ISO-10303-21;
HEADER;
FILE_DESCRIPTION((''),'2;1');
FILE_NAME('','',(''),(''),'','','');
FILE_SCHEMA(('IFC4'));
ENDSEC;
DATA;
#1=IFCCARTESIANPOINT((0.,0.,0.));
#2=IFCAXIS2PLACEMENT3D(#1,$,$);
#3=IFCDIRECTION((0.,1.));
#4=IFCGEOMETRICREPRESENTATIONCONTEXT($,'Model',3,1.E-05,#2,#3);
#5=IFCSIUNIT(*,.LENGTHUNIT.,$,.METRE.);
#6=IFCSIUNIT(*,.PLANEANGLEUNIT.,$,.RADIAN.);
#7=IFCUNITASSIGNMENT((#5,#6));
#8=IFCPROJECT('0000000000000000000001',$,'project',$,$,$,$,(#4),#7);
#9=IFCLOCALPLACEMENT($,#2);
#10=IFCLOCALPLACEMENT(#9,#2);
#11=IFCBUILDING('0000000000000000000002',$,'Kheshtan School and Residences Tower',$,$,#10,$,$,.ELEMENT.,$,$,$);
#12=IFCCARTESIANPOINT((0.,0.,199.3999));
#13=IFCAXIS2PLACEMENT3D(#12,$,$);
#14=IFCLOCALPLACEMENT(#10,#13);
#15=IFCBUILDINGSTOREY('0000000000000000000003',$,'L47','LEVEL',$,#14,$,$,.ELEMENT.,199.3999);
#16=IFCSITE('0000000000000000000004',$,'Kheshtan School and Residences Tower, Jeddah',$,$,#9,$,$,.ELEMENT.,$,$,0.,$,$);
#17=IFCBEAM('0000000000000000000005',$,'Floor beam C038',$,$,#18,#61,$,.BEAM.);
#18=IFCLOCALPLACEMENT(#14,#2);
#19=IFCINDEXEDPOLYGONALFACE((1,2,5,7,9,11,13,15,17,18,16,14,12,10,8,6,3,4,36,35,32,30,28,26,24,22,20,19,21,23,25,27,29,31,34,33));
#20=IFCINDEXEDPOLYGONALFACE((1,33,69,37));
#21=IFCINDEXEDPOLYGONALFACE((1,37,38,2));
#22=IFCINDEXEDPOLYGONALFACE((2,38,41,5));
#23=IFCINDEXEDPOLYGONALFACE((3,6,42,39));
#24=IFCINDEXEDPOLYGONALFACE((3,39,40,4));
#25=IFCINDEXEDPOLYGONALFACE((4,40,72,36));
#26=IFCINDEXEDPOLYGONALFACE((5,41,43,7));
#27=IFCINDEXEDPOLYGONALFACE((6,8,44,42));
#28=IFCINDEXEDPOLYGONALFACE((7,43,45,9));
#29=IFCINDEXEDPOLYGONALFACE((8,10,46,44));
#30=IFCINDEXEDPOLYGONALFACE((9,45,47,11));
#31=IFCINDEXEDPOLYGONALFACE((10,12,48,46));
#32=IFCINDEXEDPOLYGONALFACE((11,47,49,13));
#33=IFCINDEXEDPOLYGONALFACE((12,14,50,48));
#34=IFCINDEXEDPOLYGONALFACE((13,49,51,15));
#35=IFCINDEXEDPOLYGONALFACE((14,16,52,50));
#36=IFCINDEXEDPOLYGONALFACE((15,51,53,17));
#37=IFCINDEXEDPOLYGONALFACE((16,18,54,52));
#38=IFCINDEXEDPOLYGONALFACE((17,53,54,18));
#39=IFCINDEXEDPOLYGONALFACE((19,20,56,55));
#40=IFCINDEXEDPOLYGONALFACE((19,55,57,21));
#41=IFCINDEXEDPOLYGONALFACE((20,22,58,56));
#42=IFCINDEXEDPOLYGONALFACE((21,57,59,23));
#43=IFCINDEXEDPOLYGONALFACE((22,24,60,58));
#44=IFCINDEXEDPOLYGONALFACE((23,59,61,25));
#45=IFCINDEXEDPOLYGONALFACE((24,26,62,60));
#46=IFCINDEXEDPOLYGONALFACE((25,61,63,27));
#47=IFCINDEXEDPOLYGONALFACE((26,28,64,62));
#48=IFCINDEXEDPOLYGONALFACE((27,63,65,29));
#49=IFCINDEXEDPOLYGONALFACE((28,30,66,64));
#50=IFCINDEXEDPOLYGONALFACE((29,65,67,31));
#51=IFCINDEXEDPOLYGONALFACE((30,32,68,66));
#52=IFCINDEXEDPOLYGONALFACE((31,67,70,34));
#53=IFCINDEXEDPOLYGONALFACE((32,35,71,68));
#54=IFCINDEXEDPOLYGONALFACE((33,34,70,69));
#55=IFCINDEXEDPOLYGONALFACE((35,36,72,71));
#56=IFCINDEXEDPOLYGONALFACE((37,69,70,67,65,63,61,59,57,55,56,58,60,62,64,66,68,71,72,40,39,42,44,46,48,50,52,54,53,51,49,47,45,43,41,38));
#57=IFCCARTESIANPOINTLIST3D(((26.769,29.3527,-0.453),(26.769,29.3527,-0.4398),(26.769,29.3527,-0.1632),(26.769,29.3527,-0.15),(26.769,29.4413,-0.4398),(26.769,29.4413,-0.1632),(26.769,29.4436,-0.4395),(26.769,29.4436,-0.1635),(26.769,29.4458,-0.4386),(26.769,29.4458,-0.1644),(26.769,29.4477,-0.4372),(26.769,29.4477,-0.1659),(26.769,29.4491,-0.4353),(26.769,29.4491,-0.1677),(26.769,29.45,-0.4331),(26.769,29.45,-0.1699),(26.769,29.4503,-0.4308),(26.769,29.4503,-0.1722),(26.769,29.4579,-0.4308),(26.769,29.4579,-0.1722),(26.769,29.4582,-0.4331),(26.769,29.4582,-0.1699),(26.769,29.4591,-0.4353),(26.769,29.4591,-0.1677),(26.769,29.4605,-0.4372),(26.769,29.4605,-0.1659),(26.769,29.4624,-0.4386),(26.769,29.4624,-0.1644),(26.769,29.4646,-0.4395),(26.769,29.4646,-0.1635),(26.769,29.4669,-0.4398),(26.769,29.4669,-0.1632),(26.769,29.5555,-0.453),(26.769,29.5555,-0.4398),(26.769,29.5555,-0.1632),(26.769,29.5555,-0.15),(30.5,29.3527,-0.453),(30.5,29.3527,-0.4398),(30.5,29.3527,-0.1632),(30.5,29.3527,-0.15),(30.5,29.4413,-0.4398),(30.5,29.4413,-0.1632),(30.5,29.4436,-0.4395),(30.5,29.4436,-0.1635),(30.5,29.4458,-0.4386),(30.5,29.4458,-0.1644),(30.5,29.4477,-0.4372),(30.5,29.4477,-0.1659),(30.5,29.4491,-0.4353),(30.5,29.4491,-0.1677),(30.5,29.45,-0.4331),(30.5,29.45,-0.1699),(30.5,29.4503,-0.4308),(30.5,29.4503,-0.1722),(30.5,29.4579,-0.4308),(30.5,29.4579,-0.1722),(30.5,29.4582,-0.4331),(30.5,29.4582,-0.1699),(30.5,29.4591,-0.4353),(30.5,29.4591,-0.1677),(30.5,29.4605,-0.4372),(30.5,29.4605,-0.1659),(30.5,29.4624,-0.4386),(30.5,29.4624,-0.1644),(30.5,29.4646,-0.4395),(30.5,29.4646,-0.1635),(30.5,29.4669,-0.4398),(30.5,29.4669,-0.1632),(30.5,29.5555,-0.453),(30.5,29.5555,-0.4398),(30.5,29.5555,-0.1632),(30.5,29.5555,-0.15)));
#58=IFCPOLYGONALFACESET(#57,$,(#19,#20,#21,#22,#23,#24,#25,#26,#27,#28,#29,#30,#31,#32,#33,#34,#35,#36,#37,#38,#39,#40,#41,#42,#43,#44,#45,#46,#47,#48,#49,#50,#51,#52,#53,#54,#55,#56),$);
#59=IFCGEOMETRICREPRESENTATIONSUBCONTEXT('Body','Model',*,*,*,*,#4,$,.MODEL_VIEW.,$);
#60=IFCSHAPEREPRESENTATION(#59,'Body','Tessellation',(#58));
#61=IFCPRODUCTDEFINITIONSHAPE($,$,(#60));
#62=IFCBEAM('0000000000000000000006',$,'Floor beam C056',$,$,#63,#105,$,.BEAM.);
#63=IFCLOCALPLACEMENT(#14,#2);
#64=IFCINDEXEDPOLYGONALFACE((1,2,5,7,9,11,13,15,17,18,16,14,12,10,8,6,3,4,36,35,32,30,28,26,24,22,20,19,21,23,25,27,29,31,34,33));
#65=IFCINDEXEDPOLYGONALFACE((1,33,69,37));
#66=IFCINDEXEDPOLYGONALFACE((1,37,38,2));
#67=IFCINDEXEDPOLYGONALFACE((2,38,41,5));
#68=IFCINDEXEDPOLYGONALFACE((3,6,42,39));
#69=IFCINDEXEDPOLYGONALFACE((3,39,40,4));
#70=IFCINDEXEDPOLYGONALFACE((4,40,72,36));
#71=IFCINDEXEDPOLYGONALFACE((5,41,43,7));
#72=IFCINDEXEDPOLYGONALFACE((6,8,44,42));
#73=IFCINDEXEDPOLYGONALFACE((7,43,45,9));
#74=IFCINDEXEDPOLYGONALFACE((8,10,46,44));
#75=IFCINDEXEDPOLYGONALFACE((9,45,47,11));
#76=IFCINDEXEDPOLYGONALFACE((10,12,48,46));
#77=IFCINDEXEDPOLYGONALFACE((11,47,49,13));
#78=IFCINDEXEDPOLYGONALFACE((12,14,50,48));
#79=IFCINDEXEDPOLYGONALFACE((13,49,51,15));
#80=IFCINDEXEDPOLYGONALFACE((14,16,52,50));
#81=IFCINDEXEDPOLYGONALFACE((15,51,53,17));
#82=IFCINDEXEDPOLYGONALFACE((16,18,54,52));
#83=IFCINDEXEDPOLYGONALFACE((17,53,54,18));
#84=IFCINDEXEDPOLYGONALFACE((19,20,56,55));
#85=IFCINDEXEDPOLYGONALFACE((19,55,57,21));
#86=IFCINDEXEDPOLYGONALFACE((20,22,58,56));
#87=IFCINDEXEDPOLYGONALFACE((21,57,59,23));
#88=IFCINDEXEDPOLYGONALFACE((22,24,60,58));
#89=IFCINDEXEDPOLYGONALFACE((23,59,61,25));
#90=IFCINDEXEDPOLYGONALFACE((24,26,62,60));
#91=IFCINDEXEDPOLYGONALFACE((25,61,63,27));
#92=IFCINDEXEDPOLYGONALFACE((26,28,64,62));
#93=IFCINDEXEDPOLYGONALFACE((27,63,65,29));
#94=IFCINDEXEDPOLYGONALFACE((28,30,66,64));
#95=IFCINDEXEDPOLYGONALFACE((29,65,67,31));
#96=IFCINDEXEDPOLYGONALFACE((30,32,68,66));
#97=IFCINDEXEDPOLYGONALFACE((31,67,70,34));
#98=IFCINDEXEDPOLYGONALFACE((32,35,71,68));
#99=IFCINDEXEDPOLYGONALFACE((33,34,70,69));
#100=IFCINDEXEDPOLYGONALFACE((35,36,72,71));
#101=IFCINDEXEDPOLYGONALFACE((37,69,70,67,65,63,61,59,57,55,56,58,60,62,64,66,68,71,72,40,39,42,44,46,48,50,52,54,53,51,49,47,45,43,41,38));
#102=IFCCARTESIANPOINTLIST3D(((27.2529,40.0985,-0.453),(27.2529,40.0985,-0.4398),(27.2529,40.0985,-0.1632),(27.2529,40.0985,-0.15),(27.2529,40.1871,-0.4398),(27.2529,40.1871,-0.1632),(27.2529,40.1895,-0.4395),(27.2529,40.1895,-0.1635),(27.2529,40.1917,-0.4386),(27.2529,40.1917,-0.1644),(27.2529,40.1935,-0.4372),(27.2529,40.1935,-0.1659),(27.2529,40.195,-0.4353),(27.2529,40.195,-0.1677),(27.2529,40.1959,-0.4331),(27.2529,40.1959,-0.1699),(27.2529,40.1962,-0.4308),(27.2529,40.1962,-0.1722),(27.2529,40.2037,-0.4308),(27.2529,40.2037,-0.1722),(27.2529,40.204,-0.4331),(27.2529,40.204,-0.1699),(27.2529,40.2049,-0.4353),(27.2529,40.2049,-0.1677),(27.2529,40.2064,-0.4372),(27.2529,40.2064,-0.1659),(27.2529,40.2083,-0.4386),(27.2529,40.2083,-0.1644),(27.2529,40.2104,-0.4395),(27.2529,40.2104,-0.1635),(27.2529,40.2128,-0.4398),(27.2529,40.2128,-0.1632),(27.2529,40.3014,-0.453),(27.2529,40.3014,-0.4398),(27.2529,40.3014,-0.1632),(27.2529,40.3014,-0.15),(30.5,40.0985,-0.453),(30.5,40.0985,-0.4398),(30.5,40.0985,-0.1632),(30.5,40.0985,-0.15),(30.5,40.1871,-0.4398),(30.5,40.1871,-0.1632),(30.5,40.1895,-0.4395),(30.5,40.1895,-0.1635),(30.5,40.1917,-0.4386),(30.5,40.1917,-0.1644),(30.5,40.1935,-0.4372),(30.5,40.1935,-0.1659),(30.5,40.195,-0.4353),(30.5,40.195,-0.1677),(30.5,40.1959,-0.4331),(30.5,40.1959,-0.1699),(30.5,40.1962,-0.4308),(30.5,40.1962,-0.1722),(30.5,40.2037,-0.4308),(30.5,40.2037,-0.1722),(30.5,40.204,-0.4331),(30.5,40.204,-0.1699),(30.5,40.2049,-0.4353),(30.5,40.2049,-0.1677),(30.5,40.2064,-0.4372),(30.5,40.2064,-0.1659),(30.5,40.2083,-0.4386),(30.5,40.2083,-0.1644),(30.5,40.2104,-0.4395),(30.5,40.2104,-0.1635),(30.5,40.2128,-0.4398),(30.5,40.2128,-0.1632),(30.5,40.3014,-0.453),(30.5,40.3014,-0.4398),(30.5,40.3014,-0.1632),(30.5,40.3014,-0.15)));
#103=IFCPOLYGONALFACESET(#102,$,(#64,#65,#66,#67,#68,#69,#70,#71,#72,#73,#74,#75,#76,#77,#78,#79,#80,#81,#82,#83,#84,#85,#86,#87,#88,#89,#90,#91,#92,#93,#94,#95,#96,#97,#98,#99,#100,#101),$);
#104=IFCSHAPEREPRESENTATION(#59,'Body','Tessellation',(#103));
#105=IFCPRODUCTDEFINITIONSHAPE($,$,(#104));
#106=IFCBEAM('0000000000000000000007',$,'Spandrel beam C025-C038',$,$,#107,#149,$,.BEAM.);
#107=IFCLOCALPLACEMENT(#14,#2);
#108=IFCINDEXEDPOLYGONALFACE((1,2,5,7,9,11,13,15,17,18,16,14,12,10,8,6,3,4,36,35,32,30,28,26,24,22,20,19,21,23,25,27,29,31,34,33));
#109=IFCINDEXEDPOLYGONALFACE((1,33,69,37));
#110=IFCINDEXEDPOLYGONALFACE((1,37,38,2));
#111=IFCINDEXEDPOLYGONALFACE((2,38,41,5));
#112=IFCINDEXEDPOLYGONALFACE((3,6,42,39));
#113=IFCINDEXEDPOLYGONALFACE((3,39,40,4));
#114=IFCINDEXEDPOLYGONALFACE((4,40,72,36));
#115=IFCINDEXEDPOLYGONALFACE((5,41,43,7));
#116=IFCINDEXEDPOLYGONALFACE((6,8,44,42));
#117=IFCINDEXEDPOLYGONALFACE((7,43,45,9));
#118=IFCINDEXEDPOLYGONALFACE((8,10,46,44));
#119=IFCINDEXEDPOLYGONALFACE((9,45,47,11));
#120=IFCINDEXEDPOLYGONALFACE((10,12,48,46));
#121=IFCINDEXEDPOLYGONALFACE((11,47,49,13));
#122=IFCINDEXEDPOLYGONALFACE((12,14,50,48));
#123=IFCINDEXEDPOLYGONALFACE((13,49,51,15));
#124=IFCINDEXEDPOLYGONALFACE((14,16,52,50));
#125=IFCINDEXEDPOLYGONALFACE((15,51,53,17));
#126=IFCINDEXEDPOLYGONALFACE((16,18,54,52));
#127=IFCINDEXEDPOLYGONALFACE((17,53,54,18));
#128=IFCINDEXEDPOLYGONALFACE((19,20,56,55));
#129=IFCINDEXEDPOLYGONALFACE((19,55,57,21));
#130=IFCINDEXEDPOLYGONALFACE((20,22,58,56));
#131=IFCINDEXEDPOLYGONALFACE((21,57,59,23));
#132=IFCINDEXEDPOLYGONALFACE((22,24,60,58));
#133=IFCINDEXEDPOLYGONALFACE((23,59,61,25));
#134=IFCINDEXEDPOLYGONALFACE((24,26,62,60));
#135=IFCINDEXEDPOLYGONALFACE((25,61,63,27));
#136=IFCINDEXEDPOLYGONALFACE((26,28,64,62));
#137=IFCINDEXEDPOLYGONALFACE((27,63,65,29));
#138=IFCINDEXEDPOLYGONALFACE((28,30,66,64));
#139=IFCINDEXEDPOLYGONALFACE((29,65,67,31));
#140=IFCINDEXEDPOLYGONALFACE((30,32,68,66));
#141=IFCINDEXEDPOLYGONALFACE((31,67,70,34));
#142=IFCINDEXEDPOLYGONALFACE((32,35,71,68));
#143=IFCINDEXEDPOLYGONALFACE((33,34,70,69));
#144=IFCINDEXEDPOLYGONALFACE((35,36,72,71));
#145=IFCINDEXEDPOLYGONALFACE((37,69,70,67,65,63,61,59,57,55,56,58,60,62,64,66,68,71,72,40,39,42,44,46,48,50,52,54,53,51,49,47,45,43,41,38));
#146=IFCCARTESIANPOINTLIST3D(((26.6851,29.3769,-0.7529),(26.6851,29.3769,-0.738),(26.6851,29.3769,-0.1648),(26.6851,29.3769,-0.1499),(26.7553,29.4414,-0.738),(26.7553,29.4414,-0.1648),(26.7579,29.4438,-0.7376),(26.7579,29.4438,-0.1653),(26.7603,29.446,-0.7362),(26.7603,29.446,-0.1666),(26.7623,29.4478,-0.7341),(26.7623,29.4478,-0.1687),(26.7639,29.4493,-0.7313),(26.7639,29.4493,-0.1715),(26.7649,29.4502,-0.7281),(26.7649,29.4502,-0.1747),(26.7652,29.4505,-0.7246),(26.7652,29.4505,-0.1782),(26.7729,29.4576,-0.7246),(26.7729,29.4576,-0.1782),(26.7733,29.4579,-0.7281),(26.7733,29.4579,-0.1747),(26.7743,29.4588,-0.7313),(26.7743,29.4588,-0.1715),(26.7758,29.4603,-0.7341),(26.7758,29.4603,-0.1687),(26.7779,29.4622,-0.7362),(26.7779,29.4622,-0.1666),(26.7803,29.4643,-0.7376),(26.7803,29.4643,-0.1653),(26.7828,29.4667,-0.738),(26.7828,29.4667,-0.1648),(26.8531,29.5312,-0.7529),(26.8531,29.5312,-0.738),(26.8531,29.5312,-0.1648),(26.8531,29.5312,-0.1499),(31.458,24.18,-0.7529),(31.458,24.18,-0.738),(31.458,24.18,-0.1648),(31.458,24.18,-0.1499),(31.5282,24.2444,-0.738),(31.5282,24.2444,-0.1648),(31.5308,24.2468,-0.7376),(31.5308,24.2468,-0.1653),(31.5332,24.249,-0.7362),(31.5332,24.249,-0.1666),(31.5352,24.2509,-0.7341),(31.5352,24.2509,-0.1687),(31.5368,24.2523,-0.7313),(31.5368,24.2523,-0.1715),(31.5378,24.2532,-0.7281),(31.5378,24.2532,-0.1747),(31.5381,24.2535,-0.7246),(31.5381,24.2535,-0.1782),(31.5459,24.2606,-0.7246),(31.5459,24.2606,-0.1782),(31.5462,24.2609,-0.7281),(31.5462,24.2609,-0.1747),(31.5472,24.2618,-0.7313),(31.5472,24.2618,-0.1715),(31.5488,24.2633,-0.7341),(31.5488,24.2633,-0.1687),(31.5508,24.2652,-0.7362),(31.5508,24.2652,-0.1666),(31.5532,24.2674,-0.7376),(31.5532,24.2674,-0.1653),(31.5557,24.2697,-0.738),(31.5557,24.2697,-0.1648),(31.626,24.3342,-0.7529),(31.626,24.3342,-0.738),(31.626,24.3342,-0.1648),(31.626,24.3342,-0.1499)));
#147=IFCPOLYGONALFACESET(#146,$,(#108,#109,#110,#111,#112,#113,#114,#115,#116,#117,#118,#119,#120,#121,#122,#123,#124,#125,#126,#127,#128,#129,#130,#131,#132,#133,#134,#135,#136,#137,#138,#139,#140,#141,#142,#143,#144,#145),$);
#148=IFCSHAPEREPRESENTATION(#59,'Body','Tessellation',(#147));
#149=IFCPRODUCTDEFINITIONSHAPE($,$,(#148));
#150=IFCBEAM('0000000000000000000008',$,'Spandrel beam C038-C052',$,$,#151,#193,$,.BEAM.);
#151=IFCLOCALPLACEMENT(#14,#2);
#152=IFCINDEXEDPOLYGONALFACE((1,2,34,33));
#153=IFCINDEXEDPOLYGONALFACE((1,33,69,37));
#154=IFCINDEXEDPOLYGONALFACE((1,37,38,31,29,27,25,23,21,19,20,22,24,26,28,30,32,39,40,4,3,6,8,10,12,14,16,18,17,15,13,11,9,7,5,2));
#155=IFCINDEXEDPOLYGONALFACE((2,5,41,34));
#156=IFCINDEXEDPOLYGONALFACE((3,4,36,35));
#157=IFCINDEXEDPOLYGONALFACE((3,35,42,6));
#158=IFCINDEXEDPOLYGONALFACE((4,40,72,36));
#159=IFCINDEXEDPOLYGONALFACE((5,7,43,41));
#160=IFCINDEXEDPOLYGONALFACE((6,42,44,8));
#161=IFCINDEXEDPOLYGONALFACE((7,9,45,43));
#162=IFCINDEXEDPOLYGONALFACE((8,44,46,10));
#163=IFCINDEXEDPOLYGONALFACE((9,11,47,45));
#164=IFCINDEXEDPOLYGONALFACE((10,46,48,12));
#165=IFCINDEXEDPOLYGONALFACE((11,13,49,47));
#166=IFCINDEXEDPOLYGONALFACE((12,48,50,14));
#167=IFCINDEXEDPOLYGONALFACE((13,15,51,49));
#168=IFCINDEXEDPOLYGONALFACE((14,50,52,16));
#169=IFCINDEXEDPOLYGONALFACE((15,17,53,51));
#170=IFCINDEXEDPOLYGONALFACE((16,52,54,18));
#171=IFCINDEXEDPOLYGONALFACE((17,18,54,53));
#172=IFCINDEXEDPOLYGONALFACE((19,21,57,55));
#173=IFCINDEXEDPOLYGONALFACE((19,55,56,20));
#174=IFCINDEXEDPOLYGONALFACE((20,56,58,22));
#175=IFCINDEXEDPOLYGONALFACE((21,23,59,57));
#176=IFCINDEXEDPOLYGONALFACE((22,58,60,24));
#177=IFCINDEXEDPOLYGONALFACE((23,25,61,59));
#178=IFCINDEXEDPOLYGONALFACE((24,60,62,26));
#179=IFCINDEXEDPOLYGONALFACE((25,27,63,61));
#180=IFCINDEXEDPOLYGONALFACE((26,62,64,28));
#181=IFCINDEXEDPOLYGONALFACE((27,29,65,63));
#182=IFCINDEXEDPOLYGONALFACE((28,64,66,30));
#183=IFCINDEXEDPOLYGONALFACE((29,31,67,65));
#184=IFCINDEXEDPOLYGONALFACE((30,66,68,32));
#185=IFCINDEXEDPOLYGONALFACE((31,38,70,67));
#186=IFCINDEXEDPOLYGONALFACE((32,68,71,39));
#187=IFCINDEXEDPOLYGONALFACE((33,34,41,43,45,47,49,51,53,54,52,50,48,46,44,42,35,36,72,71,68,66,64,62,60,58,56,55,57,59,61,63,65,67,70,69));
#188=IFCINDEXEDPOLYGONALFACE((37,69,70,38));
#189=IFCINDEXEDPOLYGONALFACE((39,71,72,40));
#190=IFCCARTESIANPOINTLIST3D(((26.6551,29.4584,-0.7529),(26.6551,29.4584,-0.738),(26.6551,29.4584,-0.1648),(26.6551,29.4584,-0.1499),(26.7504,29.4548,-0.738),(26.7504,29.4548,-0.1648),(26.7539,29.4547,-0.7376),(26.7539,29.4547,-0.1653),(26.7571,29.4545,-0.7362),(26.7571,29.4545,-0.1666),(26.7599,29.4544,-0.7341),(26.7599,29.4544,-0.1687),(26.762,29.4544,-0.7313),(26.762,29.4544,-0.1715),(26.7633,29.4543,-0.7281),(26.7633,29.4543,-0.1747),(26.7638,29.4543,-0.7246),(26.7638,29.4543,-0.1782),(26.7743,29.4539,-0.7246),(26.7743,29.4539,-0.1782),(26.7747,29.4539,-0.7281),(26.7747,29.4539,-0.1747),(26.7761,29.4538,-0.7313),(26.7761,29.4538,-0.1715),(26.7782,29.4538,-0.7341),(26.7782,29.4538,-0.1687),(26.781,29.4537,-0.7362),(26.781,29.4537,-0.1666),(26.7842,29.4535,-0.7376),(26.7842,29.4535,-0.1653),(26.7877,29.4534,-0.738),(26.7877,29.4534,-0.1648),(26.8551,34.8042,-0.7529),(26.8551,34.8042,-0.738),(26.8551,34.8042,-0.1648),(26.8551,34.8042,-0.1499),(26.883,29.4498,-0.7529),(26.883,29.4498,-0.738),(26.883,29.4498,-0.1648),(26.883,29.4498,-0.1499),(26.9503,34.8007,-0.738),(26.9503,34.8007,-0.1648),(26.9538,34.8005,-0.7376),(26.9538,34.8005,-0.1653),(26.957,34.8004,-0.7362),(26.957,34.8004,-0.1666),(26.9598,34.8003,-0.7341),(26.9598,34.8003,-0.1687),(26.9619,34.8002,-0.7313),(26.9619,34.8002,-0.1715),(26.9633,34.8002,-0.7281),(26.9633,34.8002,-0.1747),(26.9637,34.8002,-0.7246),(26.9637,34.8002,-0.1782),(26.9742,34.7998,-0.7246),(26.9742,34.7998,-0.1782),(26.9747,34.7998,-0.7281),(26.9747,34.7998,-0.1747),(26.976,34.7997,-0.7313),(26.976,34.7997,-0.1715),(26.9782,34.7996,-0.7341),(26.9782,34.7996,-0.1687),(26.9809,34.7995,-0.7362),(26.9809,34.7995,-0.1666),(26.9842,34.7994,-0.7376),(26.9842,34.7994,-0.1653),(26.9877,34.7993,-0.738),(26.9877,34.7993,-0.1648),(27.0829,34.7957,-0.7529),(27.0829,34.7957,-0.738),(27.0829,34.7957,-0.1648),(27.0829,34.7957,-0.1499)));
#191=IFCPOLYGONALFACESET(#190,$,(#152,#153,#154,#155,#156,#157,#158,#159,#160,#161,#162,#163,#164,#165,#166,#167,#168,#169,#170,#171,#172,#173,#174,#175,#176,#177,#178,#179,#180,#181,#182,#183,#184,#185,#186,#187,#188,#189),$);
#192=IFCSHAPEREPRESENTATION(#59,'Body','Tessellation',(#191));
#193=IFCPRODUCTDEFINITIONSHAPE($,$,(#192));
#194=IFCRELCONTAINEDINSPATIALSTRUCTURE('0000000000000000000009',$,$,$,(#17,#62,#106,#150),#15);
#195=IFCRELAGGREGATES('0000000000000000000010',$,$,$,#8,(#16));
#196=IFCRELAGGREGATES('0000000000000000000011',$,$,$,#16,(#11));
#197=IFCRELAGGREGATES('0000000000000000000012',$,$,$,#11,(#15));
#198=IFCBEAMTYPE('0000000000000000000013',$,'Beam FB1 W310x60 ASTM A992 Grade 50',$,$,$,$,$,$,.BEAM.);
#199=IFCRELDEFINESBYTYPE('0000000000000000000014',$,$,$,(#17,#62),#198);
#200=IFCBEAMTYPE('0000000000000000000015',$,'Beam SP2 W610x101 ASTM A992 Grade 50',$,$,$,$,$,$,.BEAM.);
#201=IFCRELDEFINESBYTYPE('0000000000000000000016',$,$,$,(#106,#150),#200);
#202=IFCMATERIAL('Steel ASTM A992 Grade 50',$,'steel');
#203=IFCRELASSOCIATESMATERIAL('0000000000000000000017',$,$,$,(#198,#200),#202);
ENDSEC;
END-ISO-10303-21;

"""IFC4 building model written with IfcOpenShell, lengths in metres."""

from ifc_helpers import new_model, si_unit, direction, frame, origin, origin_2d, place, context, subcontext, project, spatial, i_section, extrude, material, material_profile, profile_set, type_object, element, save


model = new_model("IFC4")

# Units and contexts
model_context = context("Model", 3, precision=1e-05, world=origin(), true_north=direction((0.0, 1.0)))
body_context = subcontext(model_context, "Body", "Model", "MODEL_VIEW")
ifc_project = project(units=[si_unit("LENGTHUNIT", "METRE"), si_unit("PLANEANGLEUNIT", "RADIAN")], contexts=[model_context])

# Site, building, storey
site_placement = place(None, origin())
site = spatial("IfcSite", under=ifc_project, at=site_placement, Name="Kheshtan School and Residences Tower, Jeddah", CompositionType="ELEMENT", RefElevation=0.0)
building_placement = place(site_placement, origin())
building = spatial("IfcBuilding", under=site, at=building_placement, Name="Kheshtan School and Residences Tower", CompositionType="ELEMENT")
storey_placement = place(building_placement, frame((0.0, 0.0, 199.3999)))
storey = spatial("IfcBuildingStorey", under=building, at=storey_placement, Name="L47", Description="LEVEL", CompositionType="ELEMENT", Elevation=199.3999)

# Shared definitions
ifc_material_1 = material(Name="Steel ASTM A992 Grade 50", Category="steel")

# Beams
ifc_material_profile_1 = material_profile(ifc_material_1, i_section(OverallWidth=0.2029, OverallDepth=0.303, WebThickness=0.0076, FlangeThickness=0.0132, FilletRadius=0.009, at=origin_2d()), Name="W310x60")
ifc_profile_set_1 = profile_set([ifc_material_profile_1], Name="Steel ASTM A992 Grade 50")
beam_type_1 = type_object("IfcBeamType", Name="Beam FB1 W310x60 ASTM A992 Grade 50", PredefinedType="BEAM", material=ifc_profile_set_1)
beam_1_placement = place(storey_placement, frame((26.769, 29.4541, -0.3015), z_axis=(1.0, 0.0, 0.0), x_axis=(0.0, 1.0, 0.0)))
element("IfcBeam", 1, at=beam_1_placement, inside=storey, type_object=beam_type_1, Name="Floor beam C038", PredefinedType="BEAM", context=body_context, shape_type="SweptSolid", body=[
    extrude(i_section(OverallWidth=0.2029, OverallDepth=0.303, WebThickness=0.0076, FlangeThickness=0.0132, FilletRadius=0.009, at=origin_2d()), origin(), (0.0, 0.0, 1.0), 3.731),
])
beam_2_placement = place(storey_placement, frame((27.2529, 40.2, -0.3015), z_axis=(1.0, 0.0, 0.0), x_axis=(0.0, 1.0, 0.0)))
element("IfcBeam", 2, at=beam_2_placement, inside=storey, type_object=beam_type_1, Name="Floor beam C056", PredefinedType="BEAM", context=body_context, shape_type="SweptSolid", body=[
    extrude(i_section(OverallWidth=0.2029, OverallDepth=0.303, WebThickness=0.0076, FlangeThickness=0.0132, FilletRadius=0.009, at=origin_2d()), origin(), (0.0, 0.0, 1.0), 3.2471),
])
ifc_material_profile_2 = material_profile(ifc_material_1, i_section(OverallWidth=0.228, OverallDepth=0.603, WebThickness=0.0105, FlangeThickness=0.0149, FilletRadius=0.0134, at=origin_2d()), Name="W610x101")
ifc_profile_set_2 = profile_set([ifc_material_profile_2], Name="Steel ASTM A992 Grade 50")
beam_type_2 = type_object("IfcBeamType", Name="Beam SP2 W610x101 ASTM A992 Grade 50", PredefinedType="BEAM", material=ifc_profile_set_2)
beam_3_placement = place(storey_placement, frame((31.542, 24.2571, -0.4514), z_axis=(-0.676418, 0.736518, 0.0), x_axis=(-0.736518, -0.676418, 0.0)))
element("IfcBeam", 3, at=beam_3_placement, inside=storey, type_object=beam_type_2, Name="Spandrel beam C025-C038", PredefinedType="BEAM", context=body_context, shape_type="SweptSolid", body=[
    extrude(i_section(OverallWidth=0.228, OverallDepth=0.603, WebThickness=0.0105, FlangeThickness=0.0149, FilletRadius=0.0134, at=origin_2d()), origin(), (0.0, 0.0, 1.0), 7.0562),
])
beam_4_placement = place(storey_placement, frame((26.769, 29.4541, -0.4514), z_axis=(0.037376, 0.999301, 0.0), x_axis=(-0.999301, 0.037376, 0.0)))
element("IfcBeam", 4, at=beam_4_placement, inside=storey, type_object=beam_type_2, Name="Spandrel beam C038-C052", PredefinedType="BEAM", context=body_context, shape_type="SweptSolid", body=[
    extrude(i_section(OverallWidth=0.228, OverallDepth=0.603, WebThickness=0.0105, FlangeThickness=0.0149, FilletRadius=0.0134, at=origin_2d()), origin(), (0.0, 0.0, 1.0), 5.3496),
])

save(model, "model.ifc")
